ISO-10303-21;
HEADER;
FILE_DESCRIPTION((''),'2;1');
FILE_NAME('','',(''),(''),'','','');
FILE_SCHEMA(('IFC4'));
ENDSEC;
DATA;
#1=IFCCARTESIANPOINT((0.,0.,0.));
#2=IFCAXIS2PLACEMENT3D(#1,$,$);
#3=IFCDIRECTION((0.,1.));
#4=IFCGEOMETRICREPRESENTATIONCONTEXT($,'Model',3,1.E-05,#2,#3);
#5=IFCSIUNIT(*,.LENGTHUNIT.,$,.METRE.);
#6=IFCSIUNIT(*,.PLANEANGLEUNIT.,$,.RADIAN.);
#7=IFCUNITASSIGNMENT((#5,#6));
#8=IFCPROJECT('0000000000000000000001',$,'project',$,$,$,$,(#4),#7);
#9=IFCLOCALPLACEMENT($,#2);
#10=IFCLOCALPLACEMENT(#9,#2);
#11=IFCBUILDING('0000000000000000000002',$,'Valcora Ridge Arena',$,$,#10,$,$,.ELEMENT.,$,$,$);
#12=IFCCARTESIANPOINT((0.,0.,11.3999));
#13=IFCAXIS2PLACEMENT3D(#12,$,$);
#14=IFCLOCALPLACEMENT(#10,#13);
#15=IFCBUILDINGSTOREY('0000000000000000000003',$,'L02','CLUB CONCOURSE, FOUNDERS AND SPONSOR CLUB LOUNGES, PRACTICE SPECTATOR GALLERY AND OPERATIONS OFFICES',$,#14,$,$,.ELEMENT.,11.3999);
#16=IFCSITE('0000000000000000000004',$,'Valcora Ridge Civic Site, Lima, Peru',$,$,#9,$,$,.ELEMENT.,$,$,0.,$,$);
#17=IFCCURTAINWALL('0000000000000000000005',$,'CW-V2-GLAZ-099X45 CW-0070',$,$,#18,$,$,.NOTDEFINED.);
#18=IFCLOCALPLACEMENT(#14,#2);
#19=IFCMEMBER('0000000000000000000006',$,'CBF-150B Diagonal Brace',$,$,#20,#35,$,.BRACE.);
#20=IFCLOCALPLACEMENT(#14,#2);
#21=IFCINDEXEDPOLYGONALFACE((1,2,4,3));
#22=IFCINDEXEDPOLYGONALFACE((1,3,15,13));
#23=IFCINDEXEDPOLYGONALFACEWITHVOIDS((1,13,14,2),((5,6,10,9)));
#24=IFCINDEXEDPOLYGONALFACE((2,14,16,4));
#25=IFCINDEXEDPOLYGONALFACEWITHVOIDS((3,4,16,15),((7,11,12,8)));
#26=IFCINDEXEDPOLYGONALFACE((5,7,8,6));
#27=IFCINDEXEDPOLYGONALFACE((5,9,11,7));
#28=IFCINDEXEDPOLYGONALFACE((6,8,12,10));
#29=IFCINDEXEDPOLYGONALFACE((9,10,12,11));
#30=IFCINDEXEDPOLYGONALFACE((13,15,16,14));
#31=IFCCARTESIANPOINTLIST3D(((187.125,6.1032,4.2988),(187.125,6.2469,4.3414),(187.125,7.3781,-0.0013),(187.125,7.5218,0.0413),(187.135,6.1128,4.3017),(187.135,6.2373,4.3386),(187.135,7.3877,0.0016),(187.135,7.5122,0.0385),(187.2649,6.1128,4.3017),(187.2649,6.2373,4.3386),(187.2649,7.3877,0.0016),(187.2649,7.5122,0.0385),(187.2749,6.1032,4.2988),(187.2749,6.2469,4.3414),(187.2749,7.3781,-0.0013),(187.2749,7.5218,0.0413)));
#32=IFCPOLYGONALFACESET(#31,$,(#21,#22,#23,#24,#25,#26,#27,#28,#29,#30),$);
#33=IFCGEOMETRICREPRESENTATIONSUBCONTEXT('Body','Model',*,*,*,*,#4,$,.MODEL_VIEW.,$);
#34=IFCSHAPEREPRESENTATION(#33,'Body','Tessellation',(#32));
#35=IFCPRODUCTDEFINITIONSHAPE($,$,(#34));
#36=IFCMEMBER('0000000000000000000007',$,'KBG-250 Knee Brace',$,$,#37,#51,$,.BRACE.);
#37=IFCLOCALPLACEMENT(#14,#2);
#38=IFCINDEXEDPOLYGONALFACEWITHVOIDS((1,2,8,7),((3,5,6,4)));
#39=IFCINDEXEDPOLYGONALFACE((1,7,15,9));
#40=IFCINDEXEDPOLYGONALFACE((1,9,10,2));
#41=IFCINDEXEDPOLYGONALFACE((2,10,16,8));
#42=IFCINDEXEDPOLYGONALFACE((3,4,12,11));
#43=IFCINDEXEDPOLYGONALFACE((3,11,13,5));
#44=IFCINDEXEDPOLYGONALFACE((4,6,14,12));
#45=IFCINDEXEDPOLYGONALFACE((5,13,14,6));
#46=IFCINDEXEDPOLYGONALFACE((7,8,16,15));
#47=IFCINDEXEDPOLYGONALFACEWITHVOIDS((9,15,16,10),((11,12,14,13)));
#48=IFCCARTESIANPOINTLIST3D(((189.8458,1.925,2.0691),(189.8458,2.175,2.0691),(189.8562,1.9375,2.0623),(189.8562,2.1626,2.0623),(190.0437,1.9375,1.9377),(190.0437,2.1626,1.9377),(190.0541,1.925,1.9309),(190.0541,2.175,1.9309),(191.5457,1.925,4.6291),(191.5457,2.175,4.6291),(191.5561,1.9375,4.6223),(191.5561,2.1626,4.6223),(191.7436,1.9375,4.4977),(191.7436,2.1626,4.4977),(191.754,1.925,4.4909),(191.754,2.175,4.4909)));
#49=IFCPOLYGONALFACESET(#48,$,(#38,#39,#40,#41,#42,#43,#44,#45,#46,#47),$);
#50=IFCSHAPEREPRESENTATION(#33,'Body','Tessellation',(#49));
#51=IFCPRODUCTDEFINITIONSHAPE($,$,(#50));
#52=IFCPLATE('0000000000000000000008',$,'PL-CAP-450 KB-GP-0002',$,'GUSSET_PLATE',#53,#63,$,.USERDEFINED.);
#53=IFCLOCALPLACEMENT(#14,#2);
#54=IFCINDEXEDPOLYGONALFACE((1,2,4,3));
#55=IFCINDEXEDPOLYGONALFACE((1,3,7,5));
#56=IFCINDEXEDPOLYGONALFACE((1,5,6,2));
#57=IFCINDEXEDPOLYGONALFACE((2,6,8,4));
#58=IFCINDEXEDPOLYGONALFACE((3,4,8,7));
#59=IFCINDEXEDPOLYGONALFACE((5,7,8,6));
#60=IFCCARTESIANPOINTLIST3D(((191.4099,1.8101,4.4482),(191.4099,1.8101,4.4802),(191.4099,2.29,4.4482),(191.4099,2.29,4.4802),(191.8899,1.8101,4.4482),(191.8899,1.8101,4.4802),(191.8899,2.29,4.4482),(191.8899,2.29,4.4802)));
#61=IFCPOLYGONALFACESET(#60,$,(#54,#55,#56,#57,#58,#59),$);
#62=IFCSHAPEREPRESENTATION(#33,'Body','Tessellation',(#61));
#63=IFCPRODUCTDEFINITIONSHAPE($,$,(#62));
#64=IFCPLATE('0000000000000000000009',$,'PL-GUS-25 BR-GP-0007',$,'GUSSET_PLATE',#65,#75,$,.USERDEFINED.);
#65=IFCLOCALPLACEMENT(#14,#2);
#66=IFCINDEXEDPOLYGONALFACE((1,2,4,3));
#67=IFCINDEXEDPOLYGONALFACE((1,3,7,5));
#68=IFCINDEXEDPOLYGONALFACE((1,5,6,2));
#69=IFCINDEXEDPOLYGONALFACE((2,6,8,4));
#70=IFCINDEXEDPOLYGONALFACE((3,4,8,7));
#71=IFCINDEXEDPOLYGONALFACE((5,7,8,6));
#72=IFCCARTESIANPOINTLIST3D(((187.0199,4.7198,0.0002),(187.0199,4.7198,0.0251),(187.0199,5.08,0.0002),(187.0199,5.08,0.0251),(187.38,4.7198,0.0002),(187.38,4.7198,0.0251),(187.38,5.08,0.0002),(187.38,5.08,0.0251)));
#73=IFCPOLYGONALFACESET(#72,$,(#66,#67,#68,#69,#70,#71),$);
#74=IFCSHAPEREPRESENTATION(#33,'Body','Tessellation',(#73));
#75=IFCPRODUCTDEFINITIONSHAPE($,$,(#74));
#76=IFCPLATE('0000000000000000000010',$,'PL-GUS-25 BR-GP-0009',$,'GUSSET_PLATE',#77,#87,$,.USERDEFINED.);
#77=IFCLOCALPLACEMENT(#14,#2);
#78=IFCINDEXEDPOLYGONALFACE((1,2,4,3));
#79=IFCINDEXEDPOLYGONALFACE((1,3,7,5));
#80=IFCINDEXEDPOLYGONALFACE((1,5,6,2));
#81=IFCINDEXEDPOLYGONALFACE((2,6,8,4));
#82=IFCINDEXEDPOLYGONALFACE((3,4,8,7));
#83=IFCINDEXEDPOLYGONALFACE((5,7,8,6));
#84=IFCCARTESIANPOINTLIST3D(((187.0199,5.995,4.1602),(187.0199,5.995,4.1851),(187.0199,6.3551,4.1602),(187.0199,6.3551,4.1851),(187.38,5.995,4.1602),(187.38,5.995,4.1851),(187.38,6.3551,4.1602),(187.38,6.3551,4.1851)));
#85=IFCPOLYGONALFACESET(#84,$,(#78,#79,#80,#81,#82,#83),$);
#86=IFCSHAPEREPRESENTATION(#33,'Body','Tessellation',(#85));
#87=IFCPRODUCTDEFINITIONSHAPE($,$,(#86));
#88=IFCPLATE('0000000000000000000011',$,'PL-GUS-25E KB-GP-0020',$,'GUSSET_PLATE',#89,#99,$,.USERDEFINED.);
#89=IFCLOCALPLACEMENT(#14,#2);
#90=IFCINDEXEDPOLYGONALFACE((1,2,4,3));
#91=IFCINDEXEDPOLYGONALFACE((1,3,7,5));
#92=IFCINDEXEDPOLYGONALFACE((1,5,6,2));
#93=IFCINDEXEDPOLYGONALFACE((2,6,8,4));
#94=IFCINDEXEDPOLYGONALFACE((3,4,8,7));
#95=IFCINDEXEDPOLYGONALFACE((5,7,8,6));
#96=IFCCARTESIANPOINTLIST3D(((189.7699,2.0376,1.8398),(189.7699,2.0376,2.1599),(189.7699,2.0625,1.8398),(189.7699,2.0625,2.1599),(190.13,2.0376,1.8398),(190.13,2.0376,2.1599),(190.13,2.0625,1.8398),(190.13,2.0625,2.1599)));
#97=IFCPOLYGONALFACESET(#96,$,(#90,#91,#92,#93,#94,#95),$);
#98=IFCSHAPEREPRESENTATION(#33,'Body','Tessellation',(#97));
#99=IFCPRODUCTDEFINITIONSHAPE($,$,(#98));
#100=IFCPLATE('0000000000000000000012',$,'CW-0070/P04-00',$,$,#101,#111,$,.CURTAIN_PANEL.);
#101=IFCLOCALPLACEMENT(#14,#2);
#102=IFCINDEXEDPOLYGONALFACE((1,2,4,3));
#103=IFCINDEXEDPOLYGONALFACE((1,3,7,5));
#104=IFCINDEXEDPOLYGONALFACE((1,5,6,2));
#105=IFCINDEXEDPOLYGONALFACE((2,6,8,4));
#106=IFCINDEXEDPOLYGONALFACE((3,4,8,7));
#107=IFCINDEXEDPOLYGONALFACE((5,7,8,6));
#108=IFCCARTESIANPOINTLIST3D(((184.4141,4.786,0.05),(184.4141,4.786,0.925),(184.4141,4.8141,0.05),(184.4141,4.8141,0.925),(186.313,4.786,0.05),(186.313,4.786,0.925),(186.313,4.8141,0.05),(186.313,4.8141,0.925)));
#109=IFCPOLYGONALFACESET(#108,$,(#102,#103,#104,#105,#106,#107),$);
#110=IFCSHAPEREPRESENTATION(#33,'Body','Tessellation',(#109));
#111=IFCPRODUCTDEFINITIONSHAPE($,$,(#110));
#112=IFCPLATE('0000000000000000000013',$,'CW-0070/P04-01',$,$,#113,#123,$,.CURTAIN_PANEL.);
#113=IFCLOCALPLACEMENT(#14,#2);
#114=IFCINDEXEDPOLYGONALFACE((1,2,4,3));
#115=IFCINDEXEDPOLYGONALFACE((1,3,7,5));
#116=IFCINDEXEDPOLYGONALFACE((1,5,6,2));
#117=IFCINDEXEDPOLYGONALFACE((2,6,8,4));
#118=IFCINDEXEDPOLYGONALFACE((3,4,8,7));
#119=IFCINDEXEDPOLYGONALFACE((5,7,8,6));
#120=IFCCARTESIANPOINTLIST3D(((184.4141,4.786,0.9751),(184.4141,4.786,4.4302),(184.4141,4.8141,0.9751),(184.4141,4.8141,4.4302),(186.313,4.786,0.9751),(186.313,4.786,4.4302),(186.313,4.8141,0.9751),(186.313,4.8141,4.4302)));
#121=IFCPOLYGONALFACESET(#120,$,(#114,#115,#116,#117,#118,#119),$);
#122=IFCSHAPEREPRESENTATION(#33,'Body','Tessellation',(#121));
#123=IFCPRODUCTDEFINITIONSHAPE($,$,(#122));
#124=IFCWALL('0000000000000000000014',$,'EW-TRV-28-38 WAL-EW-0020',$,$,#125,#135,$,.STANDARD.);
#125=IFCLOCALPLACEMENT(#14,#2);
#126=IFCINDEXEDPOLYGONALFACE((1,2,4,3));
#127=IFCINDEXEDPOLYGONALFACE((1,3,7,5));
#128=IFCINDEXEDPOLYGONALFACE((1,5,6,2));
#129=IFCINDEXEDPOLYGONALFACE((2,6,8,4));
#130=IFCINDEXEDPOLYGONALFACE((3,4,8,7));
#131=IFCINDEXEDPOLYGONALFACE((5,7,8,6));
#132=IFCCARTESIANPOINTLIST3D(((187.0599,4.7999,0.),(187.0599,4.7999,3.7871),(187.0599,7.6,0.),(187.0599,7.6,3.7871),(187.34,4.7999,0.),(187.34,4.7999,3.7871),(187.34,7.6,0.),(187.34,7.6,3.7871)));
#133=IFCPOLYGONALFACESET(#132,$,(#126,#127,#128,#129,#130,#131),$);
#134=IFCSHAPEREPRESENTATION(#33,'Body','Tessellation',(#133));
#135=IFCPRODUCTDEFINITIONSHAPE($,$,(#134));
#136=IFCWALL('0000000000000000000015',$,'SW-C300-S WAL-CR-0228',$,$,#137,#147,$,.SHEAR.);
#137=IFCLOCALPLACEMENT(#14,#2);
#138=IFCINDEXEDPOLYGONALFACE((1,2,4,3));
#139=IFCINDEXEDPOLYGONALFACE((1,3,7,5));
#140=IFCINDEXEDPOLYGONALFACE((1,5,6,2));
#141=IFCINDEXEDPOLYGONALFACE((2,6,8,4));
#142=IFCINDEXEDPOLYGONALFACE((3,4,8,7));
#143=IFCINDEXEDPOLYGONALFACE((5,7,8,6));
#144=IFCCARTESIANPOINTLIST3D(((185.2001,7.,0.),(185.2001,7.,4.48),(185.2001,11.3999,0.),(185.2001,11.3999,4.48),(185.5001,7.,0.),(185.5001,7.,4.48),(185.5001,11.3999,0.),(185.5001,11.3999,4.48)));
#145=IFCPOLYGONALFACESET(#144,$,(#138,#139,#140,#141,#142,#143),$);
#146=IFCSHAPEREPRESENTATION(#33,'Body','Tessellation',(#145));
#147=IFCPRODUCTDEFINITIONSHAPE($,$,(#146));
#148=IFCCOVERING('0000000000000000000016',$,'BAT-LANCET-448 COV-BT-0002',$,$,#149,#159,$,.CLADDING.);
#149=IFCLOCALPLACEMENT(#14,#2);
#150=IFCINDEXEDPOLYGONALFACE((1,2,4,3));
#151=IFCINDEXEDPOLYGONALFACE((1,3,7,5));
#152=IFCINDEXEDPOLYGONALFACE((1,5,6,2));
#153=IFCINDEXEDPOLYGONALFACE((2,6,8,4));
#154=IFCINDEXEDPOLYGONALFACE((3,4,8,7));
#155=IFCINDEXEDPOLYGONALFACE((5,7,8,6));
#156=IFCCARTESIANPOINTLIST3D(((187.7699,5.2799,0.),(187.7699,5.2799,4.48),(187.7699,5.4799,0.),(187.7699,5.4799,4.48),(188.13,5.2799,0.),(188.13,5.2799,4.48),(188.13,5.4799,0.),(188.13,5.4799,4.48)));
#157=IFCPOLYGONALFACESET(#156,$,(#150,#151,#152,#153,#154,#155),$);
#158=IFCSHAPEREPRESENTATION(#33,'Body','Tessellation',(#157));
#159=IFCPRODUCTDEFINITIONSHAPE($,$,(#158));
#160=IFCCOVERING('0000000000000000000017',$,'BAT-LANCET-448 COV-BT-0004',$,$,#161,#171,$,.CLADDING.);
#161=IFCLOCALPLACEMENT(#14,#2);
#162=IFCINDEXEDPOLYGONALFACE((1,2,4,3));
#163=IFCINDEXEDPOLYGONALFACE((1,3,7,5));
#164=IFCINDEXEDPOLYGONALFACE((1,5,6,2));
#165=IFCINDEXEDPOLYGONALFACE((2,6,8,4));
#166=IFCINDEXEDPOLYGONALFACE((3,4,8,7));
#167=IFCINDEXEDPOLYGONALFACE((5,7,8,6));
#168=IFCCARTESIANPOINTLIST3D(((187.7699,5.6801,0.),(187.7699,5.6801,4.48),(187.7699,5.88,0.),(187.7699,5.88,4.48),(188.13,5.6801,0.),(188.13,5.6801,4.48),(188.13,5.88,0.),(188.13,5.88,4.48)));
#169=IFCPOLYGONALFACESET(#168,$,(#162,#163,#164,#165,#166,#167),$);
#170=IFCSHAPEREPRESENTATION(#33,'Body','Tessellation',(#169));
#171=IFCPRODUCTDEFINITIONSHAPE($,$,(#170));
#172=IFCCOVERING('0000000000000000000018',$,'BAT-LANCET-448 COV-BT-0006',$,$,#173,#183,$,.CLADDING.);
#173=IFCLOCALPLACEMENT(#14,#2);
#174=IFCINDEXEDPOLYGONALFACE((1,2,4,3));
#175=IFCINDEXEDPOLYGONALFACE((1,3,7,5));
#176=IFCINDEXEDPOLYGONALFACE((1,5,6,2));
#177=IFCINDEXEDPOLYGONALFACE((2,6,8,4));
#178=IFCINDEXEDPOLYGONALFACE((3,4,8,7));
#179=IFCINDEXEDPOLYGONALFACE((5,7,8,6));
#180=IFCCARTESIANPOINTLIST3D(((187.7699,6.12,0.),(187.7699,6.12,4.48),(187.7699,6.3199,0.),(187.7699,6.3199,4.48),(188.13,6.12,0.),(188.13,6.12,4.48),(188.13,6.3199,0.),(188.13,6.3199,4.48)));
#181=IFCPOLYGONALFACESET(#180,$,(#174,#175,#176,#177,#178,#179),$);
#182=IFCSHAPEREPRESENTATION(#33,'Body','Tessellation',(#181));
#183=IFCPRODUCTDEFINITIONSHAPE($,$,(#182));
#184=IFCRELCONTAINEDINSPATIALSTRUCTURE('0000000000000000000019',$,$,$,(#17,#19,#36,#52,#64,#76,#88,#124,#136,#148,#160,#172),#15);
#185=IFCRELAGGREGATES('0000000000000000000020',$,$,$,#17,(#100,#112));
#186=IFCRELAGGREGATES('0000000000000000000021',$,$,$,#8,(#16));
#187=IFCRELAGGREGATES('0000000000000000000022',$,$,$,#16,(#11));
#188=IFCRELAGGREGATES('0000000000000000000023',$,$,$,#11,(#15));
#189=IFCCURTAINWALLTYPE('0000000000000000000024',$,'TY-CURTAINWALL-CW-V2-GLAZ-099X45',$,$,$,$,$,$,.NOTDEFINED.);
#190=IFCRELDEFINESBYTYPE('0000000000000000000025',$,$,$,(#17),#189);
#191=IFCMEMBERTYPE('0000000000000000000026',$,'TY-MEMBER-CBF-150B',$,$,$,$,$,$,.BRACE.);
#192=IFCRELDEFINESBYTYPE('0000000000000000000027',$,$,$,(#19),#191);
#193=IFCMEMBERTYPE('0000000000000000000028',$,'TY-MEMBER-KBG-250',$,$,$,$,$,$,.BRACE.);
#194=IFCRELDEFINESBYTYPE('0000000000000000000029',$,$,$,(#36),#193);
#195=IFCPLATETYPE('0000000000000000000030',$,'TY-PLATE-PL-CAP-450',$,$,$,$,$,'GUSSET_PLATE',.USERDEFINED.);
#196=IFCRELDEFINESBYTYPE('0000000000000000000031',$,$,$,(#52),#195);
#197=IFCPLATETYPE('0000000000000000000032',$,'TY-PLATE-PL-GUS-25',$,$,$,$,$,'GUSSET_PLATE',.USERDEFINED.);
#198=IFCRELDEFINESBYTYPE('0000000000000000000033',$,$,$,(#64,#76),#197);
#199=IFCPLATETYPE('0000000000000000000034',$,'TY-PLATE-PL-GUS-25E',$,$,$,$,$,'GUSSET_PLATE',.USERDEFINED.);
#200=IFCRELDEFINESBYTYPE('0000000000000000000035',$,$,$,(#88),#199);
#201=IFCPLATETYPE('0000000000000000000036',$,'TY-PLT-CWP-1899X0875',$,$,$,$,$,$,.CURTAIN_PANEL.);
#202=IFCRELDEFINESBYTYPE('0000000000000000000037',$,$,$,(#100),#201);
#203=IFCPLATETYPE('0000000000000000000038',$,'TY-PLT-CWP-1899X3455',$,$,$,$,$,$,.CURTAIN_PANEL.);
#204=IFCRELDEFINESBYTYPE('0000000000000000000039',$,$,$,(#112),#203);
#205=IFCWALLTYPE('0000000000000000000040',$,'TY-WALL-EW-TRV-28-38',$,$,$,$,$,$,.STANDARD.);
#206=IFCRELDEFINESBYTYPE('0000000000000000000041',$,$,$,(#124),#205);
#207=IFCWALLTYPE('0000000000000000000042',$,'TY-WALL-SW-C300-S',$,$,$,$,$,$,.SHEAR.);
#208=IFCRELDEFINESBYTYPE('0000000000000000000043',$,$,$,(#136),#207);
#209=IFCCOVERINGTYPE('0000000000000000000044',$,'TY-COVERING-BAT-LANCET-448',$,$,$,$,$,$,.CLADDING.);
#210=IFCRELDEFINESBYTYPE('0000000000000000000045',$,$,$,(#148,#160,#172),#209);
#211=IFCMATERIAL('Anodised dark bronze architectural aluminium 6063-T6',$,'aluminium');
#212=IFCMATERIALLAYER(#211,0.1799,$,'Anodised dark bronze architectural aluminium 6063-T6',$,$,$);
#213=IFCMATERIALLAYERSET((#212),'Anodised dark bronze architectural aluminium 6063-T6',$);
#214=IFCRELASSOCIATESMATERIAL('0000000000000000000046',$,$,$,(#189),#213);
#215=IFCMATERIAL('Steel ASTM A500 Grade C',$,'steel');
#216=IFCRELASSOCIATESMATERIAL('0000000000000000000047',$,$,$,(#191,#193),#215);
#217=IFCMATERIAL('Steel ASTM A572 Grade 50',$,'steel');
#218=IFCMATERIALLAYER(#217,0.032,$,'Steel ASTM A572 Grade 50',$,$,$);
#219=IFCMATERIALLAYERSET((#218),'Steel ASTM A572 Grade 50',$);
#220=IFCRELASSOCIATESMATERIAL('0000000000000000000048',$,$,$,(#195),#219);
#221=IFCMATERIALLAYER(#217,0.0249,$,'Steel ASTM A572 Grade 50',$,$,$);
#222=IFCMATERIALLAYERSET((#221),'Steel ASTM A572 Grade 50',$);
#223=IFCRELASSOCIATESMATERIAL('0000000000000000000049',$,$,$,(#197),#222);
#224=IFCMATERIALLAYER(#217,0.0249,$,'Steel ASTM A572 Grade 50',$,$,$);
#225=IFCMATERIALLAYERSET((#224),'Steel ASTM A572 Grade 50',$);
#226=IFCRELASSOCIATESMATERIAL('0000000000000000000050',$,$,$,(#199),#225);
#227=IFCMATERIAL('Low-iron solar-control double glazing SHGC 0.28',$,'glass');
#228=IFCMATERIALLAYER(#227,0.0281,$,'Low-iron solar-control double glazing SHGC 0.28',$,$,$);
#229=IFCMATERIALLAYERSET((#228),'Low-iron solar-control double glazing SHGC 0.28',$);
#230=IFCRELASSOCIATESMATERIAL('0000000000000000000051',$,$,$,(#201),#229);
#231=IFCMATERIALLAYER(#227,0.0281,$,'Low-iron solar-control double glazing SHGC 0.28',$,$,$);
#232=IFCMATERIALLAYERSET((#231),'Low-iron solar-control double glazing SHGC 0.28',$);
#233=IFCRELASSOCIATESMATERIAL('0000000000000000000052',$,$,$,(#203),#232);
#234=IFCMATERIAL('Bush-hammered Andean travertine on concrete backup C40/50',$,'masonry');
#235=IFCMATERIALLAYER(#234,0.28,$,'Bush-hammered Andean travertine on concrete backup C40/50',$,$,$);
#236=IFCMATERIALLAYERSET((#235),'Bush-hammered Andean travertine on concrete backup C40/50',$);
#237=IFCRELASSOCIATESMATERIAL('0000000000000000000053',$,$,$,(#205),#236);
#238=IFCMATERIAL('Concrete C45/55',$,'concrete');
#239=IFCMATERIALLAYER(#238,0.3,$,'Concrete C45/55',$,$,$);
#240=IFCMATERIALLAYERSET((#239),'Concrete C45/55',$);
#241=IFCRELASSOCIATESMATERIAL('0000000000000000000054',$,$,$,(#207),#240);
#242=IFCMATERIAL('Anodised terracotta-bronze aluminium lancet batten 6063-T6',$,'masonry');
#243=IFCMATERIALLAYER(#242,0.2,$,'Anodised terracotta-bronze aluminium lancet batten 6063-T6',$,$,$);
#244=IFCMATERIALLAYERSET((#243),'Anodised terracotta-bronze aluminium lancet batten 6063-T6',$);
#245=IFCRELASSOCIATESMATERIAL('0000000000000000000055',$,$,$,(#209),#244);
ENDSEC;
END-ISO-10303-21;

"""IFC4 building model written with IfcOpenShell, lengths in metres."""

from ifc_helpers import new_model, si_unit, direction, frame, frame_2d, origin, origin_2d, place, context, subcontext, project, spatial, rectangle, hollow_rectangle, extrude, material, layer, layer_set, material_profile, profile_set, type_object, element, aggregate, save


model = new_model("IFC4")

# Units and contexts
model_context = context("Model", 3, precision=1e-05, world=origin(), true_north=direction((0.0, 1.0)))
body_context = subcontext(model_context, "Body", "Model", "MODEL_VIEW")
ifc_project = project(units=[si_unit("LENGTHUNIT", "METRE"), si_unit("PLANEANGLEUNIT", "RADIAN")], contexts=[model_context])

# Site, building, storey
site_placement = place(None, origin())
site = spatial("IfcSite", under=ifc_project, at=site_placement, Name="Valcora Ridge Civic Site, Lima, Peru", CompositionType="ELEMENT", RefElevation=0.0)
building_placement = place(site_placement, origin())
building = spatial("IfcBuilding", under=site, at=building_placement, Name="Valcora Ridge Arena", CompositionType="ELEMENT")
storey_placement = place(building_placement, frame((0.0, 0.0, 11.3999)))
storey = spatial("IfcBuildingStorey", under=building, at=storey_placement, Name="L02", Description="CLUB CONCOURSE, FOUNDERS AND SPONSOR CLUB LOUNGES, PRACTICE SPECTATOR GALLERY AND OPERATIONS OFFICES", CompositionType="ELEMENT", Elevation=11.3999)

# Shared definitions
ifc_material_1 = material(Name="Steel ASTM A500 Grade C", Category="steel")
ifc_material_2 = material(Name="Steel ASTM A572 Grade 50", Category="steel")

# Curtain wall
ifc_material_3 = material(Name="Anodised dark bronze architectural aluminium 6063-T6", Category="aluminium")
ifc_layer_1 = layer(ifc_material_3, 0.1799, Name="Anodised dark bronze architectural aluminium 6063-T6")
ifc_layer_set_1 = layer_set([ifc_layer_1], Name="Anodised dark bronze architectural aluminium 6063-T6")
curtain_wall_type = type_object("IfcCurtainWallType", Name="TY-CURTAINWALL-CW-V2-GLAZ-099X45", PredefinedType="NOTDEFINED", material=ifc_layer_set_1)
curtain_wall_placement = place(storey_placement, origin())
curtain_wall = element("IfcCurtainWall", 1, at=curtain_wall_placement, inside=storey, type_object=curtain_wall_type, Name="CW-V2-GLAZ-099X45 CW-0070", PredefinedType="NOTDEFINED")

# Members
ifc_material_profile_1 = material_profile(ifc_material_1, hollow_rectangle(XDim=0.1499, YDim=0.1499, WallThickness=0.01, at=origin_2d()), Name="HSS150X150X10")
ifc_profile_set_1 = profile_set([ifc_material_profile_1], Name="Steel ASTM A500 Grade C")
member_type_1 = type_object("IfcMemberType", Name="TY-MEMBER-CBF-150B", PredefinedType="BRACE", material=ifc_profile_set_1)
member_1_placement = place(storey_placement, frame((187.2, 7.45, 0.02), z_axis=(0.0, -0.284255, 0.958749), x_axis=(1.0, 0.0, 0.0)))
element("IfcMember", 2, at=member_1_placement, inside=storey, type_object=member_type_1, Name="CBF-150B Diagonal Brace", PredefinedType="BRACE", context=body_context, shape_type="SweptSolid", body=[
    extrude(hollow_rectangle(XDim=0.1499, YDim=0.1499, WallThickness=0.01, at=origin_2d()), origin(), (0.0, 0.0, 1.0), 4.4851),
])
ifc_material_profile_2 = material_profile(ifc_material_1, hollow_rectangle(XDim=0.25, YDim=0.25, WallThickness=0.0125, at=origin_2d()), Name="HSS250X250X12")
ifc_profile_set_2 = profile_set([ifc_material_profile_2], Name="Steel ASTM A500 Grade C")
member_type_2 = type_object("IfcMemberType", Name="TY-MEMBER-KBG-250", PredefinedType="BRACE", material=ifc_profile_set_2)
member_2_placement = place(storey_placement, frame((189.95, 2.05, 2.0), z_axis=(0.553178, 0.0, 0.833063), x_axis=(0.0, 1.0, 0.0)))
element("IfcMember", 3, at=member_2_placement, inside=storey, type_object=member_type_2, Name="KBG-250 Knee Brace", PredefinedType="BRACE", context=body_context, shape_type="SweptSolid", body=[
    extrude(hollow_rectangle(XDim=0.25, YDim=0.25, WallThickness=0.0125, at=origin_2d()), origin(), (0.0, 0.0, 1.0), 3.073),
])

# Plates
ifc_layer_2 = layer(ifc_material_2, 0.032, Name="Steel ASTM A572 Grade 50")
ifc_layer_set_2 = layer_set([ifc_layer_2], Name="Steel ASTM A572 Grade 50")
plate_type_1 = type_object("IfcPlateType", Name="TY-PLATE-PL-CAP-450", ElementType="GUSSET_PLATE", PredefinedType="USERDEFINED", material=ifc_layer_set_2)
plate_1_placement = place(storey_placement, frame((191.6499, 2.05, 4.4482), z_axis=(0.0, 0.0, 1.0), x_axis=(1.0, 0.0, 0.0)))
element("IfcPlate", 4, at=plate_1_placement, inside=storey, type_object=plate_type_1, Name="PL-CAP-450 KB-GP-0002", ObjectType="GUSSET_PLATE", PredefinedType="USERDEFINED", context=body_context, shape_type="SweptSolid", body=[
    extrude(rectangle(XDim=0.48, YDim=0.48, at=origin_2d()), origin(), (0.0, 0.0, 1.0), 0.032),
])
ifc_layer_3 = layer(ifc_material_2, 0.0249, Name="Steel ASTM A572 Grade 50")
ifc_layer_set_3 = layer_set([ifc_layer_3], Name="Steel ASTM A572 Grade 50")
plate_type_2 = type_object("IfcPlateType", Name="TY-PLATE-PL-GUS-25", ElementType="GUSSET_PLATE", PredefinedType="USERDEFINED", material=ifc_layer_set_3)
for number, where, z_axis, x_axis, name in (
    (5, (187.2, 4.8999, 0.0002), (0.0, 0.0, 1.0), (1.0, 0.0, 0.0), "PL-GUS-25 BR-GP-0007"),
    (6, (187.2, 6.175, 4.1602), (0.0, 0.0, 1.0), (1.0, 0.0, 0.0), "PL-GUS-25 BR-GP-0009"),
):
    element("IfcPlate", number, at=place(storey_placement, frame(where, z_axis=z_axis, x_axis=x_axis)), inside=storey, type_object=plate_type_2, Name=name, ObjectType="GUSSET_PLATE", PredefinedType="USERDEFINED", context=body_context, shape_type="SweptSolid", body=[
        extrude(rectangle(XDim=0.3601, YDim=0.3601, at=origin_2d()), origin(), (0.0, 0.0, 1.0), 0.0249),
    ])
ifc_layer_4 = layer(ifc_material_2, 0.0249, Name="Steel ASTM A572 Grade 50")
ifc_layer_set_4 = layer_set([ifc_layer_4], Name="Steel ASTM A572 Grade 50")
plate_type_3 = type_object("IfcPlateType", Name="TY-PLATE-PL-GUS-25E", ElementType="GUSSET_PLATE", PredefinedType="USERDEFINED", material=ifc_layer_set_4)
plate_2_placement = place(storey_placement, frame((189.95, 2.05, 1.8398), z_axis=(0.0, 0.0, 1.0), x_axis=(1.0, 0.0, 0.0)))
element("IfcPlate", 7, at=plate_2_placement, inside=storey, type_object=plate_type_3, Name="PL-GUS-25E KB-GP-0020", ObjectType="GUSSET_PLATE", PredefinedType="USERDEFINED", context=body_context, shape_type="SweptSolid", body=[
    extrude(rectangle(XDim=0.3601, YDim=0.0249, at=origin_2d()), origin(), (0.0, 0.0, 1.0), 0.3201),
])

# Plates
ifc_material_4 = material(Name="Low-iron solar-control double glazing SHGC 0.28", Category="glass")
ifc_layer_5 = layer(ifc_material_4, 0.0281, Name="Low-iron solar-control double glazing SHGC 0.28")
ifc_layer_set_5 = layer_set([ifc_layer_5], Name="Low-iron solar-control double glazing SHGC 0.28")
plate_type_4 = type_object("IfcPlateType", Name="TY-PLT-CWP-1899X0875", PredefinedType="CURTAIN_PANEL", material=ifc_layer_set_5)
plate_3_placement = place(storey_placement, frame((185.3635, 4.8, 0.05), z_axis=(0.0, 0.0, 1.0), x_axis=(1.0, 0.0, 0.0)))
plate_3 = element("IfcPlate", 8, at=plate_3_placement, type_object=plate_type_4, Name="CW-0070/P04-00", PredefinedType="CURTAIN_PANEL", context=body_context, shape_type="SweptSolid", body=[
    extrude(rectangle(XDim=1.8989, YDim=0.0281, at=origin_2d()), origin(), (0.0, 0.0, 1.0), 0.875),
])
ifc_layer_6 = layer(ifc_material_4, 0.0281, Name="Low-iron solar-control double glazing SHGC 0.28")
ifc_layer_set_6 = layer_set([ifc_layer_6], Name="Low-iron solar-control double glazing SHGC 0.28")
plate_type_5 = type_object("IfcPlateType", Name="TY-PLT-CWP-1899X3455", PredefinedType="CURTAIN_PANEL", material=ifc_layer_set_6)
plate_4_placement = place(storey_placement, frame((185.3635, 4.8, 0.9751), z_axis=(0.0, 0.0, 1.0), x_axis=(1.0, 0.0, 0.0)))
plate_4 = element("IfcPlate", 9, at=plate_4_placement, type_object=plate_type_5, Name="CW-0070/P04-01", PredefinedType="CURTAIN_PANEL", context=body_context, shape_type="SweptSolid", body=[
    extrude(rectangle(XDim=1.8989, YDim=0.0281, at=origin_2d()), origin(), (0.0, 0.0, 1.0), 3.4551),
])
aggregate(curtain_wall, [plate_3, plate_4])

# Walls
ifc_material_5 = material(Name="Bush-hammered Andean travertine on concrete backup C40/50", Category="masonry")
ifc_layer_7 = layer(ifc_material_5, 0.28, Name="Bush-hammered Andean travertine on concrete backup C40/50")
ifc_layer_set_7 = layer_set([ifc_layer_7], Name="Bush-hammered Andean travertine on concrete backup C40/50")
wall_type_1 = type_object("IfcWallType", Name="TY-WALL-EW-TRV-28-38", PredefinedType="STANDARD", material=ifc_layer_set_7)
wall_1_placement = place(storey_placement, frame((187.2, 4.8, 0.0), z_axis=(0.0, 0.0, 1.0), x_axis=(0.0, 1.0, 0.0)))
element("IfcWall", 10, at=wall_1_placement, inside=storey, type_object=wall_type_1, Name="EW-TRV-28-38 WAL-EW-0020", PredefinedType="STANDARD", context=body_context, shape_type="SweptSolid", body=[
    extrude(rectangle(XDim=2.8, YDim=0.28, at=frame_2d((1.3999, 0.0))), origin(), (0.0, 0.0, 1.0), 3.7871),
])
ifc_material_6 = material(Name="Concrete C45/55", Category="concrete")
ifc_layer_8 = layer(ifc_material_6, 0.3, Name="Concrete C45/55")
ifc_layer_set_8 = layer_set([ifc_layer_8], Name="Concrete C45/55")
wall_type_2 = type_object("IfcWallType", Name="TY-WALL-SW-C300-S", PredefinedType="SHEAR", material=ifc_layer_set_8)
wall_2_placement = place(storey_placement, frame((185.3501, 7.0, 0.0), z_axis=(0.0, 0.0, 1.0), x_axis=(0.0, 1.0, 0.0)))
element("IfcWall", 11, at=wall_2_placement, inside=storey, type_object=wall_type_2, Name="SW-C300-S WAL-CR-0228", PredefinedType="SHEAR", context=body_context, shape_type="SweptSolid", body=[
    extrude(rectangle(XDim=4.3999, YDim=0.3, at=frame_2d((2.2, 0.0))), origin(), (0.0, 0.0, 1.0), 4.48),
])

# Coverings
ifc_material_7 = material(Name="Anodised terracotta-bronze aluminium lancet batten 6063-T6", Category="masonry")
ifc_layer_9 = layer(ifc_material_7, 0.2, Name="Anodised terracotta-bronze aluminium lancet batten 6063-T6")
ifc_layer_set_9 = layer_set([ifc_layer_9], Name="Anodised terracotta-bronze aluminium lancet batten 6063-T6")
covering_type = type_object("IfcCoveringType", Name="TY-COVERING-BAT-LANCET-448", PredefinedType="CLADDING", material=ifc_layer_set_9)
for number, where, z_axis, x_axis, name in (
    (12, (187.95, 5.3799, 0.0), (0.0, 0.0, 1.0), (1.0, 0.0, 0.0), "BAT-LANCET-448 COV-BT-0002"),
    (13, (187.95, 5.78, 0.0), (0.0, 0.0, 1.0), (1.0, 0.0, 0.0), "BAT-LANCET-448 COV-BT-0004"),
    (14, (187.95, 6.22, 0.0), (0.0, 0.0, 1.0), (1.0, 0.0, 0.0), "BAT-LANCET-448 COV-BT-0006"),
):
    element("IfcCovering", number, at=place(storey_placement, frame(where, z_axis=z_axis, x_axis=x_axis)), inside=storey, type_object=covering_type, Name=name, PredefinedType="CLADDING", context=body_context, shape_type="SweptSolid", body=[
        extrude(rectangle(XDim=0.3601, YDim=0.2, at=origin_2d()), origin(), (0.0, 0.0, 1.0), 4.48),
    ])

save(model, "model.ifc")
